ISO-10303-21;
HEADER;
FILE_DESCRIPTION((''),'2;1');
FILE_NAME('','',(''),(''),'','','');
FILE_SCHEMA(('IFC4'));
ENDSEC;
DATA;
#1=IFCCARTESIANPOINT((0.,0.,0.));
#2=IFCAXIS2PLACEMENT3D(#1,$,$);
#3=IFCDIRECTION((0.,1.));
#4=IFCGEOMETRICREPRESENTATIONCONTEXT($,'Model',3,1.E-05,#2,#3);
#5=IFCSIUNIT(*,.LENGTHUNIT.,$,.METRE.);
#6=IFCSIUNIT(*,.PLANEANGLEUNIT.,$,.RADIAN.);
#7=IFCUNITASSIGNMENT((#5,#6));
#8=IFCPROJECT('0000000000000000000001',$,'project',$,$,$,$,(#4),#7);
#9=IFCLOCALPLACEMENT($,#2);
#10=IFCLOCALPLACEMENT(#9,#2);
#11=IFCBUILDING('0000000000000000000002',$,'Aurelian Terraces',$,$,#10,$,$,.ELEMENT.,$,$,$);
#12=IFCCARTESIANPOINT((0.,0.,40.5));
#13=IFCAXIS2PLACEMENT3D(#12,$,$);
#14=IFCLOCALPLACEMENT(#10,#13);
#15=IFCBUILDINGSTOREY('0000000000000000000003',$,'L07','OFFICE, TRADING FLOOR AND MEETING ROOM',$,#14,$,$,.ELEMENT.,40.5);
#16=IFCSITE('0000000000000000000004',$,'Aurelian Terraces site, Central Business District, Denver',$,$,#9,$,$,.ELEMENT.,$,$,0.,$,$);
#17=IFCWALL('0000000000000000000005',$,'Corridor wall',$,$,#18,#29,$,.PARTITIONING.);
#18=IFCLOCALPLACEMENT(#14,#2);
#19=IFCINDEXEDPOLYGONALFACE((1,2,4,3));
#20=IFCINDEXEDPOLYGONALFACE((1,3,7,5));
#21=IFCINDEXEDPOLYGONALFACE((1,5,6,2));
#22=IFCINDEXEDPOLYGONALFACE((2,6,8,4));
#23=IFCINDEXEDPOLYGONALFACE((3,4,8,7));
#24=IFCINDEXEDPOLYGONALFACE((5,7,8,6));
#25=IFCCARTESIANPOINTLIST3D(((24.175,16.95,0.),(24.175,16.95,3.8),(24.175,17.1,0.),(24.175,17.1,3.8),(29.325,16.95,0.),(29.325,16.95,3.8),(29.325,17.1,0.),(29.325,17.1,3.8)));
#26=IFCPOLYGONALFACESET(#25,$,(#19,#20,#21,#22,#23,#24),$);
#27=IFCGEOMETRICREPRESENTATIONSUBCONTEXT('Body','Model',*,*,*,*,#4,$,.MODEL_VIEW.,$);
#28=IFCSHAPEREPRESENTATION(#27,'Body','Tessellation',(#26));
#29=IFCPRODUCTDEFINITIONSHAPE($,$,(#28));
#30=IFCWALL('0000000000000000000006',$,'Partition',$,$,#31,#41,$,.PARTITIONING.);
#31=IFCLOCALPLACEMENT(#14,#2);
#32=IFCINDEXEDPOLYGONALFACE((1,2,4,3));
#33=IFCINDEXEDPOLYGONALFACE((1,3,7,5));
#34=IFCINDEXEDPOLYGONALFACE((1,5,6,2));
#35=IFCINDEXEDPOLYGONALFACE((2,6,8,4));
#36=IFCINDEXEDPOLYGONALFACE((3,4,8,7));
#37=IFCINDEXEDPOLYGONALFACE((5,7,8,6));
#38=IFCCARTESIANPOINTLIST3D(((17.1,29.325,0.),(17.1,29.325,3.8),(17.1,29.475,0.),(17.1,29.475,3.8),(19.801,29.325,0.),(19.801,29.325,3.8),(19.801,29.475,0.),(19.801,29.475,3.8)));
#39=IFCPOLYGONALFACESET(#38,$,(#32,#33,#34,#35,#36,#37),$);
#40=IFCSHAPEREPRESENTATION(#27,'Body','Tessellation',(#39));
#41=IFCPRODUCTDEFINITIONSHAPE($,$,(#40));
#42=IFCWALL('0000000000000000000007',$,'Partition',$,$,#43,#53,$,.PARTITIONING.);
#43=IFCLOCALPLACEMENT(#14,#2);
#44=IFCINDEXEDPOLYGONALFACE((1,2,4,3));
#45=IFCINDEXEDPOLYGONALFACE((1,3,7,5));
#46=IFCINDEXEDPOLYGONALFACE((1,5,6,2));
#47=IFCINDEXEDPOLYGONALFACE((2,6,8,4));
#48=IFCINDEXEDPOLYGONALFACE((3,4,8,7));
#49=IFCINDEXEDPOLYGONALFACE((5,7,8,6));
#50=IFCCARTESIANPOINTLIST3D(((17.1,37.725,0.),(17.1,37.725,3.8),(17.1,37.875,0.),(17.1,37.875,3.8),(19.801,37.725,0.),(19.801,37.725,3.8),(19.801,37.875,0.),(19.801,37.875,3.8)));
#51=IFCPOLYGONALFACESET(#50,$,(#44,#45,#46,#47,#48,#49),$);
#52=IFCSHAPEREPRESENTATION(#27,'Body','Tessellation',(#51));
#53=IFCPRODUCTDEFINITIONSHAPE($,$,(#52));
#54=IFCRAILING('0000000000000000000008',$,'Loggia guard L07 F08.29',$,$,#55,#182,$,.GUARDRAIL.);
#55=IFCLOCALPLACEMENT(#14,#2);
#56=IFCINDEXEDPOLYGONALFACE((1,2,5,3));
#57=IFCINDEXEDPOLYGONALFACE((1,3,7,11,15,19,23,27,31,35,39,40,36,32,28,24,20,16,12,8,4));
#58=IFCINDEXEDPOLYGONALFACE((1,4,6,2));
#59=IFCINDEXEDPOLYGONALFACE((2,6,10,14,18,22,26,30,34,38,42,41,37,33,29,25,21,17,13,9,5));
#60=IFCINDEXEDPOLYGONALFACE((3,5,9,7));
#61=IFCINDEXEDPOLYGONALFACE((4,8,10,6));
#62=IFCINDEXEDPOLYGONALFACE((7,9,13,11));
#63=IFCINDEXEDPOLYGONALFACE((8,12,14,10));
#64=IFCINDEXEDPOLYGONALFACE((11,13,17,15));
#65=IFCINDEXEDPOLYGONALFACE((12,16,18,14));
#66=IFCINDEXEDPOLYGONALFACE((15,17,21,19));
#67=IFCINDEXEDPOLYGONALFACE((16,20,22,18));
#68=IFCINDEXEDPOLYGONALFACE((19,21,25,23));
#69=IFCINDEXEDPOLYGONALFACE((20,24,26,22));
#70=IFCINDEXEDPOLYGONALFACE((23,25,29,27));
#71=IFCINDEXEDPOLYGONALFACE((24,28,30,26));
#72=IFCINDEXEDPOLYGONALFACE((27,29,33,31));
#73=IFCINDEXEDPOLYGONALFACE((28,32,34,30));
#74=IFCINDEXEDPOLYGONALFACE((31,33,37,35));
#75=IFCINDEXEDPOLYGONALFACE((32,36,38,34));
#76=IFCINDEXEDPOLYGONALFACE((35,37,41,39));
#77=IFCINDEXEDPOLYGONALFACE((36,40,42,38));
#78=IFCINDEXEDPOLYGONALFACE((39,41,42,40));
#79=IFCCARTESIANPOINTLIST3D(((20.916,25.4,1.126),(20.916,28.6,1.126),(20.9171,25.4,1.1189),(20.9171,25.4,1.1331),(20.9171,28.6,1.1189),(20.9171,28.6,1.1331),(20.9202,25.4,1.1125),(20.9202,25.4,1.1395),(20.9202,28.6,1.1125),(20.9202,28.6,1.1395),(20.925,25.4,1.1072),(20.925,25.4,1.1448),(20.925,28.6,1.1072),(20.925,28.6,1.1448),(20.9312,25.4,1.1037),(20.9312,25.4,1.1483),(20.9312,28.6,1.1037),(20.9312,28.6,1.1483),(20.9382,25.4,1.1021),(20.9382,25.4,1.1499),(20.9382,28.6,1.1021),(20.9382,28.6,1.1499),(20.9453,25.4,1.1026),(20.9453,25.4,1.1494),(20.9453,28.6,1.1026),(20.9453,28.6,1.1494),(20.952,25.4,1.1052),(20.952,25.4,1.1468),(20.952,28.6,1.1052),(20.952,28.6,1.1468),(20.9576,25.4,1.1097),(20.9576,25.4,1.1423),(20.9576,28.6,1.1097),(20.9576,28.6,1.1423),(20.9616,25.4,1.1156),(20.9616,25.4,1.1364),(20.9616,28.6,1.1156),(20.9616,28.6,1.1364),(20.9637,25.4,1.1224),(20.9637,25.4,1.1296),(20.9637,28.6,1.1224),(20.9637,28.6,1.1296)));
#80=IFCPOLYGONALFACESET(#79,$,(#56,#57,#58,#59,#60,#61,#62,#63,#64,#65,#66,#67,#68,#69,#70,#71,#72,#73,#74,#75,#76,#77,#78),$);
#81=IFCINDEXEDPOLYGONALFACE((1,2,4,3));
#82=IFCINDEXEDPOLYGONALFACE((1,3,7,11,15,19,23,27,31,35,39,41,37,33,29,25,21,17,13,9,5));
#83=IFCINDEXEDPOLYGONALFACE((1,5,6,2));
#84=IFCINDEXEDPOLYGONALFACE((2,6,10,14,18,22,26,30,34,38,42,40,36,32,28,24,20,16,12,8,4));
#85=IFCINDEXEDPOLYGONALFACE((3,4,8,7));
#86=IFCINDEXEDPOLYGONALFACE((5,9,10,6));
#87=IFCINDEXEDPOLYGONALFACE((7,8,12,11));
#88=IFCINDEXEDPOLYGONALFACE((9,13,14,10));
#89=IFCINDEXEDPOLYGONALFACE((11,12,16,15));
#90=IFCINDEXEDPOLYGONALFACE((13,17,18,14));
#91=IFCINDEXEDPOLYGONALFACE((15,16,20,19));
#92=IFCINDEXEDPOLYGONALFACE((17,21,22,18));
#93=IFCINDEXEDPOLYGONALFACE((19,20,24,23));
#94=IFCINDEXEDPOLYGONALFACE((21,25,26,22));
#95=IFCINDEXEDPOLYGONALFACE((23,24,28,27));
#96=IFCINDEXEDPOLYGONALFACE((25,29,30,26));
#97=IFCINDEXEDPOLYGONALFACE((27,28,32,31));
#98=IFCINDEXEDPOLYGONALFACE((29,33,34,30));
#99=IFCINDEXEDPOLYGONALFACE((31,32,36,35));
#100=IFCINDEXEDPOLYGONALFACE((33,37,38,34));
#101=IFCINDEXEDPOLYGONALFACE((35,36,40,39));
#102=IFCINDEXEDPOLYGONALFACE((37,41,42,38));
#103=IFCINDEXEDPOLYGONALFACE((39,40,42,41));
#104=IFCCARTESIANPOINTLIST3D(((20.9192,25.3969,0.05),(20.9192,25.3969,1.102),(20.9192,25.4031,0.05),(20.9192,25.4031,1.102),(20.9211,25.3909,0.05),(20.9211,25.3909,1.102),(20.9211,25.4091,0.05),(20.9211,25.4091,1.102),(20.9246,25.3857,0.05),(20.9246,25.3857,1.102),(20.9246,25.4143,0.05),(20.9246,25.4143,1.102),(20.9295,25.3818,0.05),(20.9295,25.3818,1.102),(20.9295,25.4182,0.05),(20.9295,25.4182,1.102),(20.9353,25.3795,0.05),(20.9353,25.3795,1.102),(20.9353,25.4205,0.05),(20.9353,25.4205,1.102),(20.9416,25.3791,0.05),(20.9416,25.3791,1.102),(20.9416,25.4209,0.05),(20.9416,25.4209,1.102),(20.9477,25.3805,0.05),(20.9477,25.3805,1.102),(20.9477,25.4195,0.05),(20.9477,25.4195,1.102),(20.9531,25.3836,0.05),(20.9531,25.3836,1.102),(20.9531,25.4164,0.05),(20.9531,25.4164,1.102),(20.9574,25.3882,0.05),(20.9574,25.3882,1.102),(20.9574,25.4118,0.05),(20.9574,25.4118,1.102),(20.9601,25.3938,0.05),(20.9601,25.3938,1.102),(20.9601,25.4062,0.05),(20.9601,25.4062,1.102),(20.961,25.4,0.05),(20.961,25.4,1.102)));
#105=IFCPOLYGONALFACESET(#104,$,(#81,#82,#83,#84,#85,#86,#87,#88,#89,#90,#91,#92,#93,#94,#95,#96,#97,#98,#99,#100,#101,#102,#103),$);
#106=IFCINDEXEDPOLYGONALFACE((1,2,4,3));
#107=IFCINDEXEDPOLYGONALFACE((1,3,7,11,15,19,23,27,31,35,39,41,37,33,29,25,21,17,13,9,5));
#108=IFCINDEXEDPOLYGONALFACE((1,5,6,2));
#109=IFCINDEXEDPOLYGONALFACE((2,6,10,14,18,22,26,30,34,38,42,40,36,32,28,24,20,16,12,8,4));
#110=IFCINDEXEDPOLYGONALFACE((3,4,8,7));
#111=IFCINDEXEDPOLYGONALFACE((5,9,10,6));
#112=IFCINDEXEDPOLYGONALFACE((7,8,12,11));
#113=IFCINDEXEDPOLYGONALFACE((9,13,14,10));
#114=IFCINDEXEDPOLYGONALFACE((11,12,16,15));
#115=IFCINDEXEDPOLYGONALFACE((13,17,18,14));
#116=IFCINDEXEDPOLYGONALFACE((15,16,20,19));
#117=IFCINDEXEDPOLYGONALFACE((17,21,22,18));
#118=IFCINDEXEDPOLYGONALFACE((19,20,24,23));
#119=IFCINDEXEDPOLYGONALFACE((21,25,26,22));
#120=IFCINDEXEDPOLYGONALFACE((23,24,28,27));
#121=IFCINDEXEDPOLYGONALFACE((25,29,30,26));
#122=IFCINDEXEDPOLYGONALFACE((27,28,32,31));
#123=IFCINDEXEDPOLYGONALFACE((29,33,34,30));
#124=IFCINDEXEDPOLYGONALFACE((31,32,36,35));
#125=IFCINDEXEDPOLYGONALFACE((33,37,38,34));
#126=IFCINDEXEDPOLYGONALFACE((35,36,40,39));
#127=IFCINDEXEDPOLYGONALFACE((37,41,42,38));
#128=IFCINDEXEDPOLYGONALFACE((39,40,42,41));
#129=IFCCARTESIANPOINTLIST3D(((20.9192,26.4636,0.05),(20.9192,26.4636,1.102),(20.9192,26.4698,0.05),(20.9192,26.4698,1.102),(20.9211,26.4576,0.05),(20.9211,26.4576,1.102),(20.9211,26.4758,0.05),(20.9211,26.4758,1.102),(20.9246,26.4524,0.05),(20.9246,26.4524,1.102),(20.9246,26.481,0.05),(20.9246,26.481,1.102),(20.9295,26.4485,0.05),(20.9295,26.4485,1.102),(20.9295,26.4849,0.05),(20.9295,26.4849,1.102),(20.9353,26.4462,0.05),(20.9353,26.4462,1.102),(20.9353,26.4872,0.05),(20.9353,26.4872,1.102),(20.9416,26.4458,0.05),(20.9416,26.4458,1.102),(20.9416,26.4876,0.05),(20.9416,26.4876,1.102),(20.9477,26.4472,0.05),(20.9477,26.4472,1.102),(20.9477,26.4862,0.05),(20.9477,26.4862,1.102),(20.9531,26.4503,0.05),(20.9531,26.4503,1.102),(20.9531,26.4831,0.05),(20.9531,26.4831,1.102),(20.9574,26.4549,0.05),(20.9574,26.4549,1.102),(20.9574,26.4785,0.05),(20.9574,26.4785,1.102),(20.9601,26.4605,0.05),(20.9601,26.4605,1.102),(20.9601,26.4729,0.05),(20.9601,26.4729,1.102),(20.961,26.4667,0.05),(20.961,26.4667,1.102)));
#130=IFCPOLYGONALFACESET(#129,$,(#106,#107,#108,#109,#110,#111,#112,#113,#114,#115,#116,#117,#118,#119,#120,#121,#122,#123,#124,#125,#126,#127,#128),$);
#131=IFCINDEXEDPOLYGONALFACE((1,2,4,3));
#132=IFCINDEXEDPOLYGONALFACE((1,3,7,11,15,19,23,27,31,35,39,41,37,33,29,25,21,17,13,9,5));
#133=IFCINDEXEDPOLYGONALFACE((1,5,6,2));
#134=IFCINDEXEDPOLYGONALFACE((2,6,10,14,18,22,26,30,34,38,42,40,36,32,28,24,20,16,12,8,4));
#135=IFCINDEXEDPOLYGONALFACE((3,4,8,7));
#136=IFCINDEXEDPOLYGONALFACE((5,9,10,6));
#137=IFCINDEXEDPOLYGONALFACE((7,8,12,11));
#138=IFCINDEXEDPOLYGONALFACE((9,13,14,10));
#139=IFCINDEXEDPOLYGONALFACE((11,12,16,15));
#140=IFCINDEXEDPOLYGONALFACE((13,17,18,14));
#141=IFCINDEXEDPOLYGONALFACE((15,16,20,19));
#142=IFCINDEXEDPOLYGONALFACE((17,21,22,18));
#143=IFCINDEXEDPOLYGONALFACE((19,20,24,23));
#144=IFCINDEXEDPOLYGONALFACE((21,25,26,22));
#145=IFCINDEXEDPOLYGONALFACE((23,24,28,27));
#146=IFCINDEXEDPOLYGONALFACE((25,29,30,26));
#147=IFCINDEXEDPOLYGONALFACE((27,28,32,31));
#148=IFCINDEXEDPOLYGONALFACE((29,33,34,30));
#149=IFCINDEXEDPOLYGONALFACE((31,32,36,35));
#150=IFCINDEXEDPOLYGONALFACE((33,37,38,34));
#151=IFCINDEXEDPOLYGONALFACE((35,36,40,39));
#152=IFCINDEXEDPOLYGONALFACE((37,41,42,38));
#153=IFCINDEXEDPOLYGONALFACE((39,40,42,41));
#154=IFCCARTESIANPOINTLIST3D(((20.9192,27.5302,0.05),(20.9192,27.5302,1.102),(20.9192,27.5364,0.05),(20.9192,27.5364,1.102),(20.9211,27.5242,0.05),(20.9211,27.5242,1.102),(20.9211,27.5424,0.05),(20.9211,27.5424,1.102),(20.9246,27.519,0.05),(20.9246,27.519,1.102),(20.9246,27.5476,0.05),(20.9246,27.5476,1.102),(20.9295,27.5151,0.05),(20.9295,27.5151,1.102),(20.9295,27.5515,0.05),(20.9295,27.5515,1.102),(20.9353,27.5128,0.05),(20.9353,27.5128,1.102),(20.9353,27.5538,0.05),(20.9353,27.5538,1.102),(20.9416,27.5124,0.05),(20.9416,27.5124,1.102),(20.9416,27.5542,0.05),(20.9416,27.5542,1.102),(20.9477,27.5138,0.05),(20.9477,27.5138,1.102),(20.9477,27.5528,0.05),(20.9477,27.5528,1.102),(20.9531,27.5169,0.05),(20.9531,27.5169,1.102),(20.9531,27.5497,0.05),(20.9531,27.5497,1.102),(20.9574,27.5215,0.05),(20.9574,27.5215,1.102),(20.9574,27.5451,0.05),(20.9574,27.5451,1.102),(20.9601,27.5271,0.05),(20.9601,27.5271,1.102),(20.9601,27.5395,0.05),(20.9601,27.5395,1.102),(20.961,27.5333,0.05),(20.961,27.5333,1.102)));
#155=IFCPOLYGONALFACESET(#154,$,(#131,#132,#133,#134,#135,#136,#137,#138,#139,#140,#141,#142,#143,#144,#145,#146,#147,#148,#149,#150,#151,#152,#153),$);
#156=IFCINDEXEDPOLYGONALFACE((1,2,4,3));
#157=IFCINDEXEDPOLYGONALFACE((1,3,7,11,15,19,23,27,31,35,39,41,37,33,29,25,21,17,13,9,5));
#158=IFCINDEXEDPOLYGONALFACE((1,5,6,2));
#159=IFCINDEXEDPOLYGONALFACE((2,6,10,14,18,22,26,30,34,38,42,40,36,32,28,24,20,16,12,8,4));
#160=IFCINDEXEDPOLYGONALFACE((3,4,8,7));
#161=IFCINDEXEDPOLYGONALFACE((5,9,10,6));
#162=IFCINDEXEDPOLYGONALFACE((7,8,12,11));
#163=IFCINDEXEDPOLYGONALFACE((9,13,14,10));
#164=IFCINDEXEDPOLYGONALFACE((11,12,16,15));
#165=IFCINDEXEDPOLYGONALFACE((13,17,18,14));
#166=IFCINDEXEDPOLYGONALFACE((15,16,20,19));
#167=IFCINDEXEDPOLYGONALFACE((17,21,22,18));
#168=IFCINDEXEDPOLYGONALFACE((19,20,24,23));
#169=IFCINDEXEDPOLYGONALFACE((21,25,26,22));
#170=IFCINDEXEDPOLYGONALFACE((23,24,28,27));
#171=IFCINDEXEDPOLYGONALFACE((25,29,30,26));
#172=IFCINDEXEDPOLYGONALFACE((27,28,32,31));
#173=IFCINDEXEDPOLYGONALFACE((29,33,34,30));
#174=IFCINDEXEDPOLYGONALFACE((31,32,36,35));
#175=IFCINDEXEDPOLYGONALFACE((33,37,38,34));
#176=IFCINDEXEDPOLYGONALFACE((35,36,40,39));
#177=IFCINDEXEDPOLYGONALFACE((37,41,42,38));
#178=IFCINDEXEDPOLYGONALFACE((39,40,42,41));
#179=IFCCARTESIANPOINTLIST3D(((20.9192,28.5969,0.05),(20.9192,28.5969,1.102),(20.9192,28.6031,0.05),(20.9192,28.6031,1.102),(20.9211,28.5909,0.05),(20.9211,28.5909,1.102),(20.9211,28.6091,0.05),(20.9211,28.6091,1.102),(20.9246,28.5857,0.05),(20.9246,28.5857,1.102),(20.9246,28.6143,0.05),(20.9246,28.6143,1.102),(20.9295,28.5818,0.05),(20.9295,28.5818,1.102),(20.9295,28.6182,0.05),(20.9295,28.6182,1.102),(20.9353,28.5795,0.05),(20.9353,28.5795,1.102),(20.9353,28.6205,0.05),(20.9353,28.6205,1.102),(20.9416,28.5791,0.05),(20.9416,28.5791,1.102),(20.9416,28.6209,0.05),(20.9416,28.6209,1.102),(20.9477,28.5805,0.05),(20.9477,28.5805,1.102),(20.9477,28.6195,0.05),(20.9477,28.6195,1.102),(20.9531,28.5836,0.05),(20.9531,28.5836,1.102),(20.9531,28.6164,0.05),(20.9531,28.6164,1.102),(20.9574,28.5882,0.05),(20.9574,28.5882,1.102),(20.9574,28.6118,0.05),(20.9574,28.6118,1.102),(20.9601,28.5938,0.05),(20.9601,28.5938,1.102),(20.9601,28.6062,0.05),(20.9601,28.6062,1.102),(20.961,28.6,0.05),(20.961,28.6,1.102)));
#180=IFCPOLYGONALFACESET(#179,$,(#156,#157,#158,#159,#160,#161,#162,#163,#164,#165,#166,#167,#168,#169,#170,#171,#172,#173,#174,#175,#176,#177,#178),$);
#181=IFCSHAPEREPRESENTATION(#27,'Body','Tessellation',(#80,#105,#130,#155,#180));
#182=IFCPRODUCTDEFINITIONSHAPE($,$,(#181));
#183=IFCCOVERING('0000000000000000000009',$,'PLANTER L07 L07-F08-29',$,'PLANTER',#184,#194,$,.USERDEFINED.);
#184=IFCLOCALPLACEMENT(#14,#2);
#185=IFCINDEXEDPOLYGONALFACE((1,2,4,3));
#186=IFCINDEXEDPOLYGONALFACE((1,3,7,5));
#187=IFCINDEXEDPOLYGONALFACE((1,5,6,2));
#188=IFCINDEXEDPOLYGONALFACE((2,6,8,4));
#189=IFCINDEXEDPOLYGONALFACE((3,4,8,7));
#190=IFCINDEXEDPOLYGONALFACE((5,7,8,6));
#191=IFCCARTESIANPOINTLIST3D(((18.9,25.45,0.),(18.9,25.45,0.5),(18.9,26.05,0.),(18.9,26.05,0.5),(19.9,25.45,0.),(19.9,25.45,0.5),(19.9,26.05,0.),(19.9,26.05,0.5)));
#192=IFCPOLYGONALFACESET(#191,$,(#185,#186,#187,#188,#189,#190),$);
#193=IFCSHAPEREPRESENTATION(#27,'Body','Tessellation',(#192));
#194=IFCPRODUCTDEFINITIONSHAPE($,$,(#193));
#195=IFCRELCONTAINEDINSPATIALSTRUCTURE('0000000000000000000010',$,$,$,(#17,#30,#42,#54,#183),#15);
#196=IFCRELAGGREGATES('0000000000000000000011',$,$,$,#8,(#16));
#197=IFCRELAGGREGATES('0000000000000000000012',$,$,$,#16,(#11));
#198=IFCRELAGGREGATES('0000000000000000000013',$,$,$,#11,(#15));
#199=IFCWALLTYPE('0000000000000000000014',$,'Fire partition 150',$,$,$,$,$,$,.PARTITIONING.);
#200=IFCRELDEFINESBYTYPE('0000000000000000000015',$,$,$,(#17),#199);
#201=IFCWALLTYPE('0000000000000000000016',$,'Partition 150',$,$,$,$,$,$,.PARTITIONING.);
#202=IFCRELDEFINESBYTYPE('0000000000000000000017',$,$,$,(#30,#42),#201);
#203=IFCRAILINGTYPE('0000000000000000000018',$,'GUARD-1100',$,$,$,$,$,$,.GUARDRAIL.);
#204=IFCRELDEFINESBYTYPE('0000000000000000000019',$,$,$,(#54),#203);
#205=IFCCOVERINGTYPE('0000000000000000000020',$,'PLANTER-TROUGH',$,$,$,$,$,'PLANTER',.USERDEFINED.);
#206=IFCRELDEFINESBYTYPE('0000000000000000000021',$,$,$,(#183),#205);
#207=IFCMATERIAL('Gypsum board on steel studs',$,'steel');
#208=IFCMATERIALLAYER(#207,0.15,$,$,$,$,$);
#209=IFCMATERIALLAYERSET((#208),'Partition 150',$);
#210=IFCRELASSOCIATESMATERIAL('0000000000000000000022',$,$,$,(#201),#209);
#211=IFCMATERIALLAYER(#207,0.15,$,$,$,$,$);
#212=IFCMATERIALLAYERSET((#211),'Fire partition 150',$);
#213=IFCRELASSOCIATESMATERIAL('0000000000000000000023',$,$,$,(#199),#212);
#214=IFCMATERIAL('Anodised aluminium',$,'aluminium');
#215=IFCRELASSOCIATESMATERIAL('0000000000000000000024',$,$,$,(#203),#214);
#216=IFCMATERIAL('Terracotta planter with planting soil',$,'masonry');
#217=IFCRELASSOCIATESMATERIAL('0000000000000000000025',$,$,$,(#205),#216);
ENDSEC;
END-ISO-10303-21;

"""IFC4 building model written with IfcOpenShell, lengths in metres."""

from ifc_helpers import new_model, si_unit, direction, frame, frame_2d, origin, origin_2d, place, context, subcontext, project, spatial, rectangle, circle, extrude, source, transform, mapped, material, layer, layer_set, type_object, element, save


model = new_model("IFC4")

# Units and contexts
model_context = context("Model", 3, precision=1e-05, world=origin(), true_north=direction((0.0, 1.0)))
body_context = subcontext(model_context, "Body", "Model", "MODEL_VIEW")
ifc_project = project(units=[si_unit("LENGTHUNIT", "METRE"), si_unit("PLANEANGLEUNIT", "RADIAN")], contexts=[model_context])

# Site, building, storey
site_placement = place(None, origin())
site = spatial("IfcSite", under=ifc_project, at=site_placement, Name="Aurelian Terraces site, Central Business District, Denver", CompositionType="ELEMENT", RefElevation=0.0)
building_placement = place(site_placement, origin())
building = spatial("IfcBuilding", under=site, at=building_placement, Name="Aurelian Terraces", CompositionType="ELEMENT")
storey_placement = place(building_placement, frame((0.0, 0.0, 40.5)))
storey = spatial("IfcBuildingStorey", under=building, at=storey_placement, Name="L07", Description="OFFICE, TRADING FLOOR AND MEETING ROOM", CompositionType="ELEMENT", Elevation=40.5)

# Shared definitions
ifc_material_1 = material(Name="Gypsum board on steel studs", Category="steel")
ifc_layer_1 = layer(ifc_material_1, 0.15)
ifc_layer_set_1 = layer_set([ifc_layer_1], Name="Partition 150")
wall_type_1 = type_object("IfcWallType", Name="Partition 150", PredefinedType="PARTITIONING", material=ifc_layer_set_1)

# Walls
ifc_layer_2 = layer(ifc_material_1, 0.15)
ifc_layer_set_2 = layer_set([ifc_layer_2], Name="Fire partition 150")
wall_type_2 = type_object("IfcWallType", Name="Fire partition 150", PredefinedType="PARTITIONING", material=ifc_layer_set_2)
shared_shape_1 = source(origin(), body_context, "Body", "SweptSolid", [
    extrude(rectangle(XDim=5.15, YDim=0.15, at=frame_2d((2.575, 0.0))), origin(), (0.0, 0.0, 1.0), 3.8),
])
wall_1_placement = place(storey_placement, frame((24.175, 17.025, 0.0), z_axis=(0.0, 0.0, 1.0), x_axis=(1.0, 0.0, 0.0)))
element("IfcWall", 1, at=wall_1_placement, inside=storey, type_object=wall_type_2, Name="Corridor wall", PredefinedType="PARTITIONING", context=body_context, shape_type="MappedRepresentation", body=[
    mapped(shared_shape_1, transform((0.0, 0.0, 0.0), scale=1.0)),
])
shared_shape_2 = source(origin(), body_context, "Body", "SweptSolid", [
    extrude(rectangle(XDim=2.701, YDim=0.15, at=frame_2d((1.3505, 0.0))), origin(), (0.0, 0.0, 1.0), 3.8),
])
for number, where, z_axis, x_axis, name in (
    (2, (19.801, 29.4, 0.0), (0.0, 0.0, 1.0), (-1.0, 0.0, 0.0), "Partition"),
    (3, (19.801, 37.8, 0.0), (0.0, 0.0, 1.0), (-1.0, 0.0, 0.0), "Partition"),
):
    element("IfcWall", number, at=place(storey_placement, frame(where, z_axis=z_axis, x_axis=x_axis)), inside=storey, type_object=wall_type_1, Name=name, PredefinedType="PARTITIONING", context=body_context, shape_type="MappedRepresentation", body=[
        mapped(shared_shape_2, transform((0.0, 0.0, 0.0), scale=1.0)),
    ])

# Railing
ifc_material_2 = material(Name="Anodised aluminium", Category="aluminium")
railing_type = type_object("IfcRailingType", Name="GUARD-1100", PredefinedType="GUARDRAIL", material=ifc_material_2)
railing_1_placement = place(storey_placement, frame((20.94, 25.4, 0.05)))
element("IfcRailing", 4, at=railing_1_placement, inside=storey, type_object=railing_type, Name="Loggia guard L07 F08.29", PredefinedType="GUARDRAIL", context=body_context, shape_type="SweptSolid", body=[
    extrude(circle(Radius=0.024, at=origin_2d()), frame((0.0, 0.0, 1.076), z_axis=(0.0, 1.0, 0.0), x_axis=(-1.0, 0.0, 0.0)), (0.0, 0.0, 1.0), 3.2),
    extrude(circle(Radius=0.021, at=origin_2d()), origin(), (0.0, 0.0, 1.0), 1.052),
    extrude(circle(Radius=0.021, at=origin_2d()), frame((0.0, 1.0667, 0.0)), (0.0, 0.0, 1.0), 1.052),
    extrude(circle(Radius=0.021, at=origin_2d()), frame((0.0, 2.1333, 0.0)), (0.0, 0.0, 1.0), 1.052),
    extrude(circle(Radius=0.021, at=origin_2d()), frame((0.0, 3.2, 0.0)), (0.0, 0.0, 1.0), 1.052),
])

# Covering
ifc_material_3 = material(Name="Terracotta planter with planting soil", Category="masonry")
covering_type_1 = type_object("IfcCoveringType", Name="PLANTER-TROUGH", ElementType="PLANTER", PredefinedType="USERDEFINED", material=ifc_material_3)
covering_1_placement = place(storey_placement, frame((19.4, 25.75, 0.0), z_axis=(0.0, 0.0, 1.0), x_axis=(1.0, 0.0, 0.0)))
element("IfcCovering", 5, at=covering_1_placement, inside=storey, type_object=covering_type_1, Name="PLANTER L07 L07-F08-29", ObjectType="PLANTER", PredefinedType="USERDEFINED", context=body_context, shape_type="SweptSolid", body=[
    extrude(rectangle(XDim=1.0, YDim=0.6, at=origin_2d()), origin(), (0.0, 0.0, 1.0), 0.5),
])

save(model, "model.ifc")
